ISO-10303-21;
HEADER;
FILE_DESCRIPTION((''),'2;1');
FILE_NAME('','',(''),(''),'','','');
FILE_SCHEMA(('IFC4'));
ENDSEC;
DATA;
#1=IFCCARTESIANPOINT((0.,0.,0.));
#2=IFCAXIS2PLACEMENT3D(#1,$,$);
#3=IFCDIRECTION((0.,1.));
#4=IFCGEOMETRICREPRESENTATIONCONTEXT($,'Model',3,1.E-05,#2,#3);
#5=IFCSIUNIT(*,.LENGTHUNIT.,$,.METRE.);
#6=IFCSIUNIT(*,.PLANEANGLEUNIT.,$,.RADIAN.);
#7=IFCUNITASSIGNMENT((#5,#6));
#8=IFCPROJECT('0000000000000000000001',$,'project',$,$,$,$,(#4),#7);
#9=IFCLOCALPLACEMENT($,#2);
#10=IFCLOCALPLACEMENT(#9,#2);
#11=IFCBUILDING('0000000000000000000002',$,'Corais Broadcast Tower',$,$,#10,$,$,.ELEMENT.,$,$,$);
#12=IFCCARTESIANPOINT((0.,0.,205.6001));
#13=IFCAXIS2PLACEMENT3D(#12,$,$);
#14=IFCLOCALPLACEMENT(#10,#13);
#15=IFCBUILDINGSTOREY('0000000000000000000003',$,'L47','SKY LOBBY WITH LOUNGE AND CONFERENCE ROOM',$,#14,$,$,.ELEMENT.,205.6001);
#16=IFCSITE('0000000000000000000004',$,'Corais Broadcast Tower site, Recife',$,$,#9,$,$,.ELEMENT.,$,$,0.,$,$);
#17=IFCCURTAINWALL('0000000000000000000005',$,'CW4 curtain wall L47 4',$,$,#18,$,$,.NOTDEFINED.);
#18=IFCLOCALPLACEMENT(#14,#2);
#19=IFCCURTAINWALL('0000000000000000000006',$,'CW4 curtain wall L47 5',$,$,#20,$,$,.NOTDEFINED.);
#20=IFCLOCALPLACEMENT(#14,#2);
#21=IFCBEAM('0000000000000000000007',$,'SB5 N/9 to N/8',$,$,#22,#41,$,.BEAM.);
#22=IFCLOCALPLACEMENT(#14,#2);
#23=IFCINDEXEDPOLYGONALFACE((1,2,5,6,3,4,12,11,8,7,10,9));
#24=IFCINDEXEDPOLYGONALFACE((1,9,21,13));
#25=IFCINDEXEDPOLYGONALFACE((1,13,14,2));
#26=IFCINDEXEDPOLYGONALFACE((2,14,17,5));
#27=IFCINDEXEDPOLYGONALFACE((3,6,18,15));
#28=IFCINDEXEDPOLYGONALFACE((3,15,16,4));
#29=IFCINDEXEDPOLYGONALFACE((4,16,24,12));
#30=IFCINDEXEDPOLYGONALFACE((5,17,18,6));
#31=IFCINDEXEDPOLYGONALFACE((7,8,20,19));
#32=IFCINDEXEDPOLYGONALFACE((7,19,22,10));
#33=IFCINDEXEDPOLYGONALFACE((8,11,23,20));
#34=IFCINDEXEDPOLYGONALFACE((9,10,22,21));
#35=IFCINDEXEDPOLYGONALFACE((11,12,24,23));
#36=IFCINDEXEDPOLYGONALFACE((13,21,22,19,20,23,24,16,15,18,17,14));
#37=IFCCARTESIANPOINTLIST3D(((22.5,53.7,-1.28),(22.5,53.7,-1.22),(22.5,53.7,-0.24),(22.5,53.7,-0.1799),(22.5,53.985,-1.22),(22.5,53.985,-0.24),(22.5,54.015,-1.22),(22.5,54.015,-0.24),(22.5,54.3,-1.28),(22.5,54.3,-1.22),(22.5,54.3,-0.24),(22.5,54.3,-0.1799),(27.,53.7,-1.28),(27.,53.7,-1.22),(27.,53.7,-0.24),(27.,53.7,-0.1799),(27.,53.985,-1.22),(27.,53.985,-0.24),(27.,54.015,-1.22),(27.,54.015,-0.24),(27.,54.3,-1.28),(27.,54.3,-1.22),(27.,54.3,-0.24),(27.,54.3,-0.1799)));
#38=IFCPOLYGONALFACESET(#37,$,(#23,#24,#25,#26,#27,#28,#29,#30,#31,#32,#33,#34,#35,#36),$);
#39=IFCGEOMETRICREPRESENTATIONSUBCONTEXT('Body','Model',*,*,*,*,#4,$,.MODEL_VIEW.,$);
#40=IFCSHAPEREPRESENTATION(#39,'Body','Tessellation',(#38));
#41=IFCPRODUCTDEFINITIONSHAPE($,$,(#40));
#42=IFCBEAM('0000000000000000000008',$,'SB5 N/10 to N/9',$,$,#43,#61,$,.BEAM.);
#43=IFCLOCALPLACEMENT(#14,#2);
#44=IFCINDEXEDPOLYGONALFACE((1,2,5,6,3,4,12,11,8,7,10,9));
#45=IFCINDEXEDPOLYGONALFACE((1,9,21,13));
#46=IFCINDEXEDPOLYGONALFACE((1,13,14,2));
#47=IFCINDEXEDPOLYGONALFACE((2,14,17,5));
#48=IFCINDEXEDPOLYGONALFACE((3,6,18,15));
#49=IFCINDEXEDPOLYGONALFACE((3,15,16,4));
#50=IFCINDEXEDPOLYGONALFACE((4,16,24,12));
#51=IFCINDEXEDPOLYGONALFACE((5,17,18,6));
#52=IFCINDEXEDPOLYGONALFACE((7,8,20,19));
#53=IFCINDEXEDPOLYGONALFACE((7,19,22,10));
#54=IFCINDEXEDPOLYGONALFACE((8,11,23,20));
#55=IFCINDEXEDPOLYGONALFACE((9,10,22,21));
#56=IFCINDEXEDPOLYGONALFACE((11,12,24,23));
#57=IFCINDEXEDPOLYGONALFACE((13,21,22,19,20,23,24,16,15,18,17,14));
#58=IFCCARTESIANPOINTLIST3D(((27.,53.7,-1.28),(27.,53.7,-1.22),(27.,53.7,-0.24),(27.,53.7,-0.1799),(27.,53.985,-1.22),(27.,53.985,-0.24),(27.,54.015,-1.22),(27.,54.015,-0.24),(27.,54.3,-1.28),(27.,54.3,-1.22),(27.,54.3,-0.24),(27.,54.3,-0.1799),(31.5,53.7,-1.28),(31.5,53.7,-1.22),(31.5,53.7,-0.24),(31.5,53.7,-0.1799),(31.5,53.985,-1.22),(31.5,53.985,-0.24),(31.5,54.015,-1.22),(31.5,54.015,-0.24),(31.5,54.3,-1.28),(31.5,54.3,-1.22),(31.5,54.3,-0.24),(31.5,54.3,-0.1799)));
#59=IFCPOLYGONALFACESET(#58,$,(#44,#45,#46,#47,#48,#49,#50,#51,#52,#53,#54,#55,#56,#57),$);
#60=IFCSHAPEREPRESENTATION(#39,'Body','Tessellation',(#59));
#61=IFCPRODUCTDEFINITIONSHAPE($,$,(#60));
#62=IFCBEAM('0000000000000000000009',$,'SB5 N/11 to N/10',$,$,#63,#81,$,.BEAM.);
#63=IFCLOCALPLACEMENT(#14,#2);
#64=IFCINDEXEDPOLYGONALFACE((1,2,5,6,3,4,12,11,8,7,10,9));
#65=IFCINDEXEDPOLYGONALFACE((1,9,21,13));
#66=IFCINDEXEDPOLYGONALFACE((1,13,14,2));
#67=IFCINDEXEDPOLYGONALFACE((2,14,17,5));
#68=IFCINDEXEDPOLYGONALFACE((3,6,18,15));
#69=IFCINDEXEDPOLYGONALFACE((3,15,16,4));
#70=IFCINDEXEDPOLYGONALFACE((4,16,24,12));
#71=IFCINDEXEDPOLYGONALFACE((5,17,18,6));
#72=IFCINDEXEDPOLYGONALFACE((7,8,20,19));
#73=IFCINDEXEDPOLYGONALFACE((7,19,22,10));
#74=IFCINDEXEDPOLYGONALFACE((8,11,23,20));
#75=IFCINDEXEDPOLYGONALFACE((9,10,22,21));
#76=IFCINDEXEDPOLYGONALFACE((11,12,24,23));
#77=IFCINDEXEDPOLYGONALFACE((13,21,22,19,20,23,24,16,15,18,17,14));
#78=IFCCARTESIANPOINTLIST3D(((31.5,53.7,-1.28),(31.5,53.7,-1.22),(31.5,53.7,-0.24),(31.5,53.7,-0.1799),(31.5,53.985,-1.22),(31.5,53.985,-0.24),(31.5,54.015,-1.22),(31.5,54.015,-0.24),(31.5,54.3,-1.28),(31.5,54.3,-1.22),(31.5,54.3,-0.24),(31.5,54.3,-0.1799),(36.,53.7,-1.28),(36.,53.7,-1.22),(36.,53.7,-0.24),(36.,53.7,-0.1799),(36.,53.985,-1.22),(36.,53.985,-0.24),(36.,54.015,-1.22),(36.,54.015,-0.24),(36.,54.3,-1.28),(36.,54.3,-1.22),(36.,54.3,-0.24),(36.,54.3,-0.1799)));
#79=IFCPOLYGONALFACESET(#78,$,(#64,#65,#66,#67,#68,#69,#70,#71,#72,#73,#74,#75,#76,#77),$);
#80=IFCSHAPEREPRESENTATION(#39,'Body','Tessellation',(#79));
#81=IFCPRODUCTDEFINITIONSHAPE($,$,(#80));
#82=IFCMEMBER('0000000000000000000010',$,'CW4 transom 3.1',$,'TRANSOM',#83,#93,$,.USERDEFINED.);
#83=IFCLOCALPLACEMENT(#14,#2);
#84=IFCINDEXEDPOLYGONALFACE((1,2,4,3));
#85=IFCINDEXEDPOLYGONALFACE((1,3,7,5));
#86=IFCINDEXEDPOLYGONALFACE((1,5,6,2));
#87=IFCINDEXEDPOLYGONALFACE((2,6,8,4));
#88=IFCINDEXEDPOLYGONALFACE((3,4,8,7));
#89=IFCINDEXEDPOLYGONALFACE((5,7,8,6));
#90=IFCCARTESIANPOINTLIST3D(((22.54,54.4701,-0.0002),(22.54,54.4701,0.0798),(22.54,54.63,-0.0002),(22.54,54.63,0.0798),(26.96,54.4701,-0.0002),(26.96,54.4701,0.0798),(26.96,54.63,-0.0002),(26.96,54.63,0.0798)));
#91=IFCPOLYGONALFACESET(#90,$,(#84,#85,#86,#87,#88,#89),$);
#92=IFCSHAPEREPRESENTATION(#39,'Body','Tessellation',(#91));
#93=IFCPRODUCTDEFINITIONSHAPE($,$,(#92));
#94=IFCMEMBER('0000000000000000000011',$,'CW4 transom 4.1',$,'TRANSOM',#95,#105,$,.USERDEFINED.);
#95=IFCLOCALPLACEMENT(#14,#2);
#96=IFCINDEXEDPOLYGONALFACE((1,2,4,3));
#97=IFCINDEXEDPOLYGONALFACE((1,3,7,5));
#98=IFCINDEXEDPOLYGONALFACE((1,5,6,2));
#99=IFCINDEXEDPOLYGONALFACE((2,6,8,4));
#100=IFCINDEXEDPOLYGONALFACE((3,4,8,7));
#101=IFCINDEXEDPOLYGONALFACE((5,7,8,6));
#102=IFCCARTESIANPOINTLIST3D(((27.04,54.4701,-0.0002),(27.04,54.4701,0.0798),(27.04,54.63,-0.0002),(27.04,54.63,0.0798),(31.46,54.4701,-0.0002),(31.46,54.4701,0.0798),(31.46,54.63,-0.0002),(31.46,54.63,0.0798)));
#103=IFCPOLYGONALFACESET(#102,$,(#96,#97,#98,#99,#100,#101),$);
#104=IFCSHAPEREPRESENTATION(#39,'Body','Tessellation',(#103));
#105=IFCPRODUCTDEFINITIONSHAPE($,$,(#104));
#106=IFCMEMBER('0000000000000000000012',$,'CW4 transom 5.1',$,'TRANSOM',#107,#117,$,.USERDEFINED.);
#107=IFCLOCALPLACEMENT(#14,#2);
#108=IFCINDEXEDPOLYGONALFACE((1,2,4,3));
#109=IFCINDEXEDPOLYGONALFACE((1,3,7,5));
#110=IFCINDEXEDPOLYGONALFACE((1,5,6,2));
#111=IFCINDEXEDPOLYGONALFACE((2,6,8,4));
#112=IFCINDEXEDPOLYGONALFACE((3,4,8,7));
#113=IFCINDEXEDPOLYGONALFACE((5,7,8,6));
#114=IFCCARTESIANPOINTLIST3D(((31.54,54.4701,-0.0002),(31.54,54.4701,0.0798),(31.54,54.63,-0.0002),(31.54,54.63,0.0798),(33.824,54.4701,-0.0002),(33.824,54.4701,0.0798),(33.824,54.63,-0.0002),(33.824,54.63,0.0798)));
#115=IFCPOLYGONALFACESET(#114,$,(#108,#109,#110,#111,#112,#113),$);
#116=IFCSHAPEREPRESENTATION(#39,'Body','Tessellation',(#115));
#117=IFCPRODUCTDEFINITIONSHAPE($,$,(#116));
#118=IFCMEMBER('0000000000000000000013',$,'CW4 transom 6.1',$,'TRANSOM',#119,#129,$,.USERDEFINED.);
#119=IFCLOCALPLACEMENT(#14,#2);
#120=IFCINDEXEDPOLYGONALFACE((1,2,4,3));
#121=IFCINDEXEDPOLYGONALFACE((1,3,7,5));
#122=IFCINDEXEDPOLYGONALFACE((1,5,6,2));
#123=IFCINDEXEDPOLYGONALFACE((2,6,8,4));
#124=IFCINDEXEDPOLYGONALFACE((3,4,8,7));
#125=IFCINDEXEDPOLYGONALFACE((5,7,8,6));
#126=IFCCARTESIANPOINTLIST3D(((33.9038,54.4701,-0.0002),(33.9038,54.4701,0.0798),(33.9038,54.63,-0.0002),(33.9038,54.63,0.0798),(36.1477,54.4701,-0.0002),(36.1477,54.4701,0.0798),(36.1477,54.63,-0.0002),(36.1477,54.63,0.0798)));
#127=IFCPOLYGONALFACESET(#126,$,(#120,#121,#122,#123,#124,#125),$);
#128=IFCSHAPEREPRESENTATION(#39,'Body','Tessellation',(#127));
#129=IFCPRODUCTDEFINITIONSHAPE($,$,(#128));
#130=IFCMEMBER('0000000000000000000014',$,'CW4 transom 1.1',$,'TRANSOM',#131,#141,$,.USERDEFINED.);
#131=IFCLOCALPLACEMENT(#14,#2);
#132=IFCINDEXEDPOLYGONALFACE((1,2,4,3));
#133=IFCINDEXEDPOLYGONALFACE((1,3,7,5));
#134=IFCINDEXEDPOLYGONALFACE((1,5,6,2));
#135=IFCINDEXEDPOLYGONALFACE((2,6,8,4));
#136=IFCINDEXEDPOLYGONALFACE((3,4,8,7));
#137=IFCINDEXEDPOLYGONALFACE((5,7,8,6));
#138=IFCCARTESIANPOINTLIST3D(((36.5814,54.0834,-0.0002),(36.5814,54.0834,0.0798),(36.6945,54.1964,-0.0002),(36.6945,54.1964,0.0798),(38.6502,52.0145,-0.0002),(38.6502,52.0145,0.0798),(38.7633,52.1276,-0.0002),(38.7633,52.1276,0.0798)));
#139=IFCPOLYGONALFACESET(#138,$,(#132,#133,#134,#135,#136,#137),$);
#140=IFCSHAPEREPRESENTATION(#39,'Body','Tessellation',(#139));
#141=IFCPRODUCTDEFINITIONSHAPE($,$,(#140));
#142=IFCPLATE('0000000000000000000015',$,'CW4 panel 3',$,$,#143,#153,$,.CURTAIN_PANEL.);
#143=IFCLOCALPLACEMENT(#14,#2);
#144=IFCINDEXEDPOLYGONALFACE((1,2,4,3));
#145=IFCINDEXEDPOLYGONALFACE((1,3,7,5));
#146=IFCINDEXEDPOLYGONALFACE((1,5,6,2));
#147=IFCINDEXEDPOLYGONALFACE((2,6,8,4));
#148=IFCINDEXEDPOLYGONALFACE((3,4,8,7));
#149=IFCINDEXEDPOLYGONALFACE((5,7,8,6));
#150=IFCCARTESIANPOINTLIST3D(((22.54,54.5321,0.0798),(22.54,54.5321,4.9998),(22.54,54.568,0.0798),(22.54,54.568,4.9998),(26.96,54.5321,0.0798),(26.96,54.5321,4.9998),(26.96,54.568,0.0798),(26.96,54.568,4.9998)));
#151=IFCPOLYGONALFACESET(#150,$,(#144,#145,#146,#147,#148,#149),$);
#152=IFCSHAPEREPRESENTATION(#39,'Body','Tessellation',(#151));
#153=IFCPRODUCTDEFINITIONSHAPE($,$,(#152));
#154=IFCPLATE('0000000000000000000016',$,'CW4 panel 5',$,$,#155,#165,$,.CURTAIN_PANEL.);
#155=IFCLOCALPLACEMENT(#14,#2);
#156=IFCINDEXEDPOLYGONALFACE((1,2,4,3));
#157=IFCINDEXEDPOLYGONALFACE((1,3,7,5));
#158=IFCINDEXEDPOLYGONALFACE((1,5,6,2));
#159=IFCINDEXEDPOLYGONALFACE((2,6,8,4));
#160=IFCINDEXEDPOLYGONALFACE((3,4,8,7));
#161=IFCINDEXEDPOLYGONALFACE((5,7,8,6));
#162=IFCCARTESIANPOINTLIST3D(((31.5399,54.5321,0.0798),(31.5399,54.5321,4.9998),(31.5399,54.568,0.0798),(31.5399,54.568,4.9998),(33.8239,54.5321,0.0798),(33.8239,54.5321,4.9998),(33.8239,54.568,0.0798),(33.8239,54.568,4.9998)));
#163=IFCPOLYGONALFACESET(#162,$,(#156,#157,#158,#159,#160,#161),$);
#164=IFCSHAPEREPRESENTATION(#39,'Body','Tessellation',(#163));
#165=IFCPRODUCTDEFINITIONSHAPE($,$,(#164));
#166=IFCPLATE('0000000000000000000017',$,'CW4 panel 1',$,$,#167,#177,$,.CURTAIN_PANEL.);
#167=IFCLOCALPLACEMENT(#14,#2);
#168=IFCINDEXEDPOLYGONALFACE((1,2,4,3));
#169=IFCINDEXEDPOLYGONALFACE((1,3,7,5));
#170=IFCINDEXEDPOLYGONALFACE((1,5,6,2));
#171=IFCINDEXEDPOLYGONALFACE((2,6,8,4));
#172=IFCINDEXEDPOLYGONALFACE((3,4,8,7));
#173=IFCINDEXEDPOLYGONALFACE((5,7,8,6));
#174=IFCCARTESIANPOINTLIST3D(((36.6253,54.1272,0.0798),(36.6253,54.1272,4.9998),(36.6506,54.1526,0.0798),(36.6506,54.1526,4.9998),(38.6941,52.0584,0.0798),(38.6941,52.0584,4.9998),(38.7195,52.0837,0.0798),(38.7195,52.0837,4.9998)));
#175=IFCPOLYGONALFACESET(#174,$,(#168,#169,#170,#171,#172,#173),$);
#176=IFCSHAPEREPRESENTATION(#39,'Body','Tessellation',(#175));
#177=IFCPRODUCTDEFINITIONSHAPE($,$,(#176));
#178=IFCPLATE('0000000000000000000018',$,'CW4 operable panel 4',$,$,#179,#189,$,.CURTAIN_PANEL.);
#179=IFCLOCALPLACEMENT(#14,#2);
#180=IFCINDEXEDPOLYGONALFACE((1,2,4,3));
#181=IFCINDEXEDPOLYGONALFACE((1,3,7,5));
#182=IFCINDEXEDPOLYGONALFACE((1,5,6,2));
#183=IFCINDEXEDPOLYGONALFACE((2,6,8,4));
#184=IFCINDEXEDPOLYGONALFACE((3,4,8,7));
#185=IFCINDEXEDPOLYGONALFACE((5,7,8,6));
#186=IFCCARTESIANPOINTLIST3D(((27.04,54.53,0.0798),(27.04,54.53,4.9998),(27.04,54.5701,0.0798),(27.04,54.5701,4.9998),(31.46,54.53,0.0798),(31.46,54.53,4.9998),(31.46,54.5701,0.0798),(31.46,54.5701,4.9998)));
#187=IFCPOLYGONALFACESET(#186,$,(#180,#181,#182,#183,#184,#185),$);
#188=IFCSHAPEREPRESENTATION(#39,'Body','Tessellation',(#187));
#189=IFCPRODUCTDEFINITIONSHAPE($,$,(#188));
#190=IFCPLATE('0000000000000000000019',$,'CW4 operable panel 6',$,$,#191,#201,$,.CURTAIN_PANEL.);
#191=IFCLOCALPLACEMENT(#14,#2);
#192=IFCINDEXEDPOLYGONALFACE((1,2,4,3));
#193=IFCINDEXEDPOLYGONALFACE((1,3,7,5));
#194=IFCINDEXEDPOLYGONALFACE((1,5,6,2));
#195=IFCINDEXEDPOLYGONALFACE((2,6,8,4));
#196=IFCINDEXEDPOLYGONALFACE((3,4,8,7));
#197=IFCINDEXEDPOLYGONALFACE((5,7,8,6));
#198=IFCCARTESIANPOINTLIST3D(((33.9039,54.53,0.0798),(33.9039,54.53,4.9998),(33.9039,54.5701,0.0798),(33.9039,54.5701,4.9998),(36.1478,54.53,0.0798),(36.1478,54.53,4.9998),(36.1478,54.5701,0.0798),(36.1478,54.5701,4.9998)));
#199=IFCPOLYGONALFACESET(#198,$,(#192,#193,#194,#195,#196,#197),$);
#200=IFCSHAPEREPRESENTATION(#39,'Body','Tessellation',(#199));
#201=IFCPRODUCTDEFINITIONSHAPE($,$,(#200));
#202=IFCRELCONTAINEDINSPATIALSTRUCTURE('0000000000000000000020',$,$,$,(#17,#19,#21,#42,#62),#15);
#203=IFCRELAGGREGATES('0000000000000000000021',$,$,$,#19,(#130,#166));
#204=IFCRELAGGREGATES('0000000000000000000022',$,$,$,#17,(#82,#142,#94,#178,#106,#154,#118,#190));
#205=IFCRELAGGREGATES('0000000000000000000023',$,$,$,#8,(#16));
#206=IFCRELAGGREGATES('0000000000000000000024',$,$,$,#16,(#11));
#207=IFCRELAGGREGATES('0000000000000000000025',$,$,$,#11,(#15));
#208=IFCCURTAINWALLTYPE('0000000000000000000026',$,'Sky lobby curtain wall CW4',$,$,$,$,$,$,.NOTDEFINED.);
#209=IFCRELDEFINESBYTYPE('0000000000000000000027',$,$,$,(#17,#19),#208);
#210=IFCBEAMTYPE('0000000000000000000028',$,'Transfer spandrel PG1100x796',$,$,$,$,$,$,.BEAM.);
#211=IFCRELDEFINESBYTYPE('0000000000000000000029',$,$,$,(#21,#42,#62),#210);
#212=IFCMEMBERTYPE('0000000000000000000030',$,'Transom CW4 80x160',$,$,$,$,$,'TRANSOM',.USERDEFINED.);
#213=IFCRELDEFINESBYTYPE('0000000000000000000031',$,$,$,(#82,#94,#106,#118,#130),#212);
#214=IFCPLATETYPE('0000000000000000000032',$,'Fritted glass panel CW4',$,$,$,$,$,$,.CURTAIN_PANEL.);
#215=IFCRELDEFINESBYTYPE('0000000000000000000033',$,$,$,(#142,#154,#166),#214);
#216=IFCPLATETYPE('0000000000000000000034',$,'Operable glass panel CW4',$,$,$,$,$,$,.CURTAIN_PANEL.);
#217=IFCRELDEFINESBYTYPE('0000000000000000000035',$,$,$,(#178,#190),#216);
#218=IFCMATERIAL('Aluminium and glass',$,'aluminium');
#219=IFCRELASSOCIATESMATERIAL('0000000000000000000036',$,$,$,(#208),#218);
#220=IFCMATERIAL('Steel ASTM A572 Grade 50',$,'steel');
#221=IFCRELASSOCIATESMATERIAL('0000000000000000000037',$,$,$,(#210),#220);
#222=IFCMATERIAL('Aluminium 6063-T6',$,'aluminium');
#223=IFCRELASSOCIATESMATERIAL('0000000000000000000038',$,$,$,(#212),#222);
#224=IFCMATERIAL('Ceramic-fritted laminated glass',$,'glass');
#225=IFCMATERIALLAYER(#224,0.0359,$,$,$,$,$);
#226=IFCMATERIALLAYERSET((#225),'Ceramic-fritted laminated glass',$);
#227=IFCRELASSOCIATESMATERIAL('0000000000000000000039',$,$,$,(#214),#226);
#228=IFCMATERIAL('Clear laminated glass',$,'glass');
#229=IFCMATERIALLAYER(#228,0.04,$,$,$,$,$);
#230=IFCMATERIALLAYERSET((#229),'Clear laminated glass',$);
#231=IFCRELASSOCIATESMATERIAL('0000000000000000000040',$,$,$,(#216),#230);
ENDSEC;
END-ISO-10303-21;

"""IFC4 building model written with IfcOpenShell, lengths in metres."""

from ifc_helpers import new_model, si_unit, direction, frame, origin, origin_2d, place, context, subcontext, project, spatial, rectangle, i_section, extrude, material, layer, layer_set, material_profile, profile_set, type_object, element, aggregate, save


model = new_model("IFC4")

# Units and contexts
model_context = context("Model", 3, precision=1e-05, world=origin(), true_north=direction((0.0, 1.0)))
body_context = subcontext(model_context, "Body", "Model", "MODEL_VIEW")
ifc_project = project(units=[si_unit("LENGTHUNIT", "METRE"), si_unit("PLANEANGLEUNIT", "RADIAN")], contexts=[model_context])

# Site, building, storey
site_placement = place(None, origin())
site = spatial("IfcSite", under=ifc_project, at=site_placement, Name="Corais Broadcast Tower site, Recife", CompositionType="ELEMENT", RefElevation=0.0)
building_placement = place(site_placement, origin())
building = spatial("IfcBuilding", under=site, at=building_placement, Name="Corais Broadcast Tower", CompositionType="ELEMENT")
storey_placement = place(building_placement, frame((0.0, 0.0, 205.6001)))
storey = spatial("IfcBuildingStorey", under=building, at=storey_placement, Name="L47", Description="SKY LOBBY WITH LOUNGE AND CONFERENCE ROOM", CompositionType="ELEMENT", Elevation=205.6001)

# Curtain wall
ifc_material_1 = material(Name="Aluminium and glass", Category="aluminium")
curtain_wall_type = type_object("IfcCurtainWallType", Name="Sky lobby curtain wall CW4", PredefinedType="NOTDEFINED", material=ifc_material_1)
curtain_wall_1_placement = place(storey_placement, origin())
curtain_wall_1 = element("IfcCurtainWall", 1, at=curtain_wall_1_placement, inside=storey, type_object=curtain_wall_type, Name="CW4 curtain wall L47 4", PredefinedType="NOTDEFINED")

# Curtain wall
curtain_wall_2_placement = place(storey_placement, origin())
curtain_wall_2 = element("IfcCurtainWall", 2, at=curtain_wall_2_placement, inside=storey, type_object=curtain_wall_type, Name="CW4 curtain wall L47 5", PredefinedType="NOTDEFINED")

# Beams
ifc_material_2 = material(Name="Steel ASTM A572 Grade 50", Category="steel")
ifc_material_profile_1 = material_profile(ifc_material_2, i_section(OverallWidth=0.6001, OverallDepth=1.1001, WebThickness=0.03, FlangeThickness=0.0601, at=origin_2d()), Name="PG1100x796")
ifc_profile_set_1 = profile_set([ifc_material_profile_1], Name="Steel ASTM A572 Grade 50")
beam_type_1 = type_object("IfcBeamType", Name="Transfer spandrel PG1100x796", PredefinedType="BEAM", material=ifc_profile_set_1)
for number, where, z_axis, x_axis, name in (
    (3, (27.0, 54.0, -0.73), (-1.0, 0.0, 0.0), (0.0, -1.0, 0.0), "SB5 N/9 to N/8"),
    (4, (31.5, 54.0, -0.73), (-1.0, 0.0, 0.0), (0.0, -1.0, 0.0), "SB5 N/10 to N/9"),
    (5, (36.0, 54.0, -0.73), (-1.0, 0.0, 0.0), (0.0, -1.0, 0.0), "SB5 N/11 to N/10"),
):
    element("IfcBeam", number, at=place(storey_placement, frame(where, z_axis=z_axis, x_axis=x_axis)), inside=storey, type_object=beam_type_1, Name=name, PredefinedType="BEAM", context=body_context, shape_type="SweptSolid", body=[
        extrude(i_section(OverallWidth=0.6001, OverallDepth=1.1001, WebThickness=0.03, FlangeThickness=0.0601, at=origin_2d()), origin(), (0.0, 0.0, 1.0), 4.5),
    ])

# Members
ifc_material_3 = material(Name="Aluminium 6063-T6", Category="aluminium")
ifc_material_profile_2 = material_profile(ifc_material_3, rectangle(XDim=0.1599, YDim=0.0801, at=origin_2d()), Name="Transom CW4 80x160")
ifc_profile_set_2 = profile_set([ifc_material_profile_2], Name="Aluminium 6063-T6")
member_type_1 = type_object("IfcMemberType", Name="Transom CW4 80x160", ElementType="TRANSOM", PredefinedType="USERDEFINED", material=ifc_profile_set_2)
member_1_placement = place(storey_placement, frame((22.54, 54.55, 0.0398), z_axis=(1.0, 0.0, 0.0), x_axis=(0.0, 1.0, 0.0)))
member_1 = element("IfcMember", 6, at=member_1_placement, type_object=member_type_1, Name="CW4 transom 3.1", ObjectType="TRANSOM", PredefinedType="USERDEFINED", context=body_context, shape_type="SweptSolid", body=[
    extrude(rectangle(XDim=0.1599, YDim=0.0801, at=origin_2d()), origin(), (0.0, 0.0, 1.0), 4.4199),
])
member_2_placement = place(storey_placement, frame((27.04, 54.55, 0.0398), z_axis=(1.0, 0.0, 0.0), x_axis=(0.0, 1.0, 0.0)))
member_2 = element("IfcMember", 7, at=member_2_placement, type_object=member_type_1, Name="CW4 transom 4.1", ObjectType="TRANSOM", PredefinedType="USERDEFINED", context=body_context, shape_type="SweptSolid", body=[
    extrude(rectangle(XDim=0.1599, YDim=0.0801, at=origin_2d()), origin(), (0.0, 0.0, 1.0), 4.4199),
])
member_3_placement = place(storey_placement, frame((31.54, 54.55, 0.0398), z_axis=(1.0, 0.0, 0.0), x_axis=(0.0, 1.0, 0.0)))
member_3 = element("IfcMember", 8, at=member_3_placement, type_object=member_type_1, Name="CW4 transom 5.1", ObjectType="TRANSOM", PredefinedType="USERDEFINED", context=body_context, shape_type="SweptSolid", body=[
    extrude(rectangle(XDim=0.1599, YDim=0.0801, at=origin_2d()), origin(), (0.0, 0.0, 1.0), 2.2839),
])
member_4_placement = place(storey_placement, frame((33.9038, 54.55, 0.0398), z_axis=(1.0, 0.0, 0.0), x_axis=(0.0, 1.0, 0.0)))
member_4 = element("IfcMember", 9, at=member_4_placement, type_object=member_type_1, Name="CW4 transom 6.1", ObjectType="TRANSOM", PredefinedType="USERDEFINED", context=body_context, shape_type="SweptSolid", body=[
    extrude(rectangle(XDim=0.1599, YDim=0.0801, at=origin_2d()), origin(), (0.0, 0.0, 1.0), 2.2439),
])
member_5_placement = place(storey_placement, frame((36.6379, 54.1399, 0.0398), z_axis=(0.707107, -0.707107, 0.0), x_axis=(0.707107, 0.707107, 0.0)))
member_5 = element("IfcMember", 10, at=member_5_placement, type_object=member_type_1, Name="CW4 transom 1.1", ObjectType="TRANSOM", PredefinedType="USERDEFINED", context=body_context, shape_type="SweptSolid", body=[
    extrude(rectangle(XDim=0.1599, YDim=0.0801, at=origin_2d()), origin(), (0.0, 0.0, 1.0), 2.9258),
])

# Plates
ifc_material_4 = material(Name="Ceramic-fritted laminated glass", Category="glass")
ifc_layer_1 = layer(ifc_material_4, 0.0359)
ifc_layer_set_1 = layer_set([ifc_layer_1], Name="Ceramic-fritted laminated glass")
plate_type_1 = type_object("IfcPlateType", Name="Fritted glass panel CW4", PredefinedType="CURTAIN_PANEL", material=ifc_layer_set_1)
plate_1_placement = place(storey_placement, frame((24.75, 54.55, 0.0798), z_axis=(0.0, 0.0, 1.0), x_axis=(1.0, 0.0, 0.0)))
plate_1 = element("IfcPlate", 11, at=plate_1_placement, type_object=plate_type_1, Name="CW4 panel 3", PredefinedType="CURTAIN_PANEL", context=body_context, shape_type="SweptSolid", body=[
    extrude(rectangle(XDim=4.4199, YDim=0.0359, at=origin_2d()), origin(), (0.0, 0.0, 1.0), 4.9199),
])
plate_2_placement = place(storey_placement, frame((32.6819, 54.55, 0.0798), z_axis=(0.0, 0.0, 1.0), x_axis=(1.0, 0.0, 0.0)))
plate_2 = element("IfcPlate", 12, at=plate_2_placement, type_object=plate_type_1, Name="CW4 panel 5", PredefinedType="CURTAIN_PANEL", context=body_context, shape_type="SweptSolid", body=[
    extrude(rectangle(XDim=2.2839, YDim=0.0359, at=origin_2d()), origin(), (0.0, 0.0, 1.0), 4.9199),
])
plate_3_placement = place(storey_placement, frame((37.6724, 53.1055, 0.0798), z_axis=(0.0, 0.0, 1.0), x_axis=(0.707107, -0.707107, 0.0)))
plate_3 = element("IfcPlate", 13, at=plate_3_placement, type_object=plate_type_1, Name="CW4 panel 1", PredefinedType="CURTAIN_PANEL", context=body_context, shape_type="SweptSolid", body=[
    extrude(rectangle(XDim=2.9258, YDim=0.0359, at=origin_2d()), origin(), (0.0, 0.0, 1.0), 4.9199),
])
aggregate(curtain_wall_2, [member_5, plate_3])
ifc_material_5 = material(Name="Clear laminated glass", Category="glass")
ifc_layer_2 = layer(ifc_material_5, 0.04)
ifc_layer_set_2 = layer_set([ifc_layer_2], Name="Clear laminated glass")
plate_type_2 = type_object("IfcPlateType", Name="Operable glass panel CW4", PredefinedType="CURTAIN_PANEL", material=ifc_layer_set_2)
plate_4_placement = place(storey_placement, frame((29.25, 54.55, 0.0798), z_axis=(0.0, 0.0, 1.0), x_axis=(1.0, 0.0, 0.0)))
plate_4 = element("IfcPlate", 14, at=plate_4_placement, type_object=plate_type_2, Name="CW4 operable panel 4", PredefinedType="CURTAIN_PANEL", context=body_context, shape_type="SweptSolid", body=[
    extrude(rectangle(XDim=4.4199, YDim=0.04, at=origin_2d()), origin(), (0.0, 0.0, 1.0), 4.9199),
])
plate_5_placement = place(storey_placement, frame((35.0259, 54.55, 0.0798), z_axis=(0.0, 0.0, 1.0), x_axis=(1.0, 0.0, 0.0)))
plate_5 = element("IfcPlate", 15, at=plate_5_placement, type_object=plate_type_2, Name="CW4 operable panel 6", PredefinedType="CURTAIN_PANEL", context=body_context, shape_type="SweptSolid", body=[
    extrude(rectangle(XDim=2.2439, YDim=0.04, at=origin_2d()), origin(), (0.0, 0.0, 1.0), 4.9199),
])
aggregate(curtain_wall_1, [member_1, plate_1, member_2, plate_4, member_3, plate_2, member_4, plate_5])

save(model, "model.ifc")
